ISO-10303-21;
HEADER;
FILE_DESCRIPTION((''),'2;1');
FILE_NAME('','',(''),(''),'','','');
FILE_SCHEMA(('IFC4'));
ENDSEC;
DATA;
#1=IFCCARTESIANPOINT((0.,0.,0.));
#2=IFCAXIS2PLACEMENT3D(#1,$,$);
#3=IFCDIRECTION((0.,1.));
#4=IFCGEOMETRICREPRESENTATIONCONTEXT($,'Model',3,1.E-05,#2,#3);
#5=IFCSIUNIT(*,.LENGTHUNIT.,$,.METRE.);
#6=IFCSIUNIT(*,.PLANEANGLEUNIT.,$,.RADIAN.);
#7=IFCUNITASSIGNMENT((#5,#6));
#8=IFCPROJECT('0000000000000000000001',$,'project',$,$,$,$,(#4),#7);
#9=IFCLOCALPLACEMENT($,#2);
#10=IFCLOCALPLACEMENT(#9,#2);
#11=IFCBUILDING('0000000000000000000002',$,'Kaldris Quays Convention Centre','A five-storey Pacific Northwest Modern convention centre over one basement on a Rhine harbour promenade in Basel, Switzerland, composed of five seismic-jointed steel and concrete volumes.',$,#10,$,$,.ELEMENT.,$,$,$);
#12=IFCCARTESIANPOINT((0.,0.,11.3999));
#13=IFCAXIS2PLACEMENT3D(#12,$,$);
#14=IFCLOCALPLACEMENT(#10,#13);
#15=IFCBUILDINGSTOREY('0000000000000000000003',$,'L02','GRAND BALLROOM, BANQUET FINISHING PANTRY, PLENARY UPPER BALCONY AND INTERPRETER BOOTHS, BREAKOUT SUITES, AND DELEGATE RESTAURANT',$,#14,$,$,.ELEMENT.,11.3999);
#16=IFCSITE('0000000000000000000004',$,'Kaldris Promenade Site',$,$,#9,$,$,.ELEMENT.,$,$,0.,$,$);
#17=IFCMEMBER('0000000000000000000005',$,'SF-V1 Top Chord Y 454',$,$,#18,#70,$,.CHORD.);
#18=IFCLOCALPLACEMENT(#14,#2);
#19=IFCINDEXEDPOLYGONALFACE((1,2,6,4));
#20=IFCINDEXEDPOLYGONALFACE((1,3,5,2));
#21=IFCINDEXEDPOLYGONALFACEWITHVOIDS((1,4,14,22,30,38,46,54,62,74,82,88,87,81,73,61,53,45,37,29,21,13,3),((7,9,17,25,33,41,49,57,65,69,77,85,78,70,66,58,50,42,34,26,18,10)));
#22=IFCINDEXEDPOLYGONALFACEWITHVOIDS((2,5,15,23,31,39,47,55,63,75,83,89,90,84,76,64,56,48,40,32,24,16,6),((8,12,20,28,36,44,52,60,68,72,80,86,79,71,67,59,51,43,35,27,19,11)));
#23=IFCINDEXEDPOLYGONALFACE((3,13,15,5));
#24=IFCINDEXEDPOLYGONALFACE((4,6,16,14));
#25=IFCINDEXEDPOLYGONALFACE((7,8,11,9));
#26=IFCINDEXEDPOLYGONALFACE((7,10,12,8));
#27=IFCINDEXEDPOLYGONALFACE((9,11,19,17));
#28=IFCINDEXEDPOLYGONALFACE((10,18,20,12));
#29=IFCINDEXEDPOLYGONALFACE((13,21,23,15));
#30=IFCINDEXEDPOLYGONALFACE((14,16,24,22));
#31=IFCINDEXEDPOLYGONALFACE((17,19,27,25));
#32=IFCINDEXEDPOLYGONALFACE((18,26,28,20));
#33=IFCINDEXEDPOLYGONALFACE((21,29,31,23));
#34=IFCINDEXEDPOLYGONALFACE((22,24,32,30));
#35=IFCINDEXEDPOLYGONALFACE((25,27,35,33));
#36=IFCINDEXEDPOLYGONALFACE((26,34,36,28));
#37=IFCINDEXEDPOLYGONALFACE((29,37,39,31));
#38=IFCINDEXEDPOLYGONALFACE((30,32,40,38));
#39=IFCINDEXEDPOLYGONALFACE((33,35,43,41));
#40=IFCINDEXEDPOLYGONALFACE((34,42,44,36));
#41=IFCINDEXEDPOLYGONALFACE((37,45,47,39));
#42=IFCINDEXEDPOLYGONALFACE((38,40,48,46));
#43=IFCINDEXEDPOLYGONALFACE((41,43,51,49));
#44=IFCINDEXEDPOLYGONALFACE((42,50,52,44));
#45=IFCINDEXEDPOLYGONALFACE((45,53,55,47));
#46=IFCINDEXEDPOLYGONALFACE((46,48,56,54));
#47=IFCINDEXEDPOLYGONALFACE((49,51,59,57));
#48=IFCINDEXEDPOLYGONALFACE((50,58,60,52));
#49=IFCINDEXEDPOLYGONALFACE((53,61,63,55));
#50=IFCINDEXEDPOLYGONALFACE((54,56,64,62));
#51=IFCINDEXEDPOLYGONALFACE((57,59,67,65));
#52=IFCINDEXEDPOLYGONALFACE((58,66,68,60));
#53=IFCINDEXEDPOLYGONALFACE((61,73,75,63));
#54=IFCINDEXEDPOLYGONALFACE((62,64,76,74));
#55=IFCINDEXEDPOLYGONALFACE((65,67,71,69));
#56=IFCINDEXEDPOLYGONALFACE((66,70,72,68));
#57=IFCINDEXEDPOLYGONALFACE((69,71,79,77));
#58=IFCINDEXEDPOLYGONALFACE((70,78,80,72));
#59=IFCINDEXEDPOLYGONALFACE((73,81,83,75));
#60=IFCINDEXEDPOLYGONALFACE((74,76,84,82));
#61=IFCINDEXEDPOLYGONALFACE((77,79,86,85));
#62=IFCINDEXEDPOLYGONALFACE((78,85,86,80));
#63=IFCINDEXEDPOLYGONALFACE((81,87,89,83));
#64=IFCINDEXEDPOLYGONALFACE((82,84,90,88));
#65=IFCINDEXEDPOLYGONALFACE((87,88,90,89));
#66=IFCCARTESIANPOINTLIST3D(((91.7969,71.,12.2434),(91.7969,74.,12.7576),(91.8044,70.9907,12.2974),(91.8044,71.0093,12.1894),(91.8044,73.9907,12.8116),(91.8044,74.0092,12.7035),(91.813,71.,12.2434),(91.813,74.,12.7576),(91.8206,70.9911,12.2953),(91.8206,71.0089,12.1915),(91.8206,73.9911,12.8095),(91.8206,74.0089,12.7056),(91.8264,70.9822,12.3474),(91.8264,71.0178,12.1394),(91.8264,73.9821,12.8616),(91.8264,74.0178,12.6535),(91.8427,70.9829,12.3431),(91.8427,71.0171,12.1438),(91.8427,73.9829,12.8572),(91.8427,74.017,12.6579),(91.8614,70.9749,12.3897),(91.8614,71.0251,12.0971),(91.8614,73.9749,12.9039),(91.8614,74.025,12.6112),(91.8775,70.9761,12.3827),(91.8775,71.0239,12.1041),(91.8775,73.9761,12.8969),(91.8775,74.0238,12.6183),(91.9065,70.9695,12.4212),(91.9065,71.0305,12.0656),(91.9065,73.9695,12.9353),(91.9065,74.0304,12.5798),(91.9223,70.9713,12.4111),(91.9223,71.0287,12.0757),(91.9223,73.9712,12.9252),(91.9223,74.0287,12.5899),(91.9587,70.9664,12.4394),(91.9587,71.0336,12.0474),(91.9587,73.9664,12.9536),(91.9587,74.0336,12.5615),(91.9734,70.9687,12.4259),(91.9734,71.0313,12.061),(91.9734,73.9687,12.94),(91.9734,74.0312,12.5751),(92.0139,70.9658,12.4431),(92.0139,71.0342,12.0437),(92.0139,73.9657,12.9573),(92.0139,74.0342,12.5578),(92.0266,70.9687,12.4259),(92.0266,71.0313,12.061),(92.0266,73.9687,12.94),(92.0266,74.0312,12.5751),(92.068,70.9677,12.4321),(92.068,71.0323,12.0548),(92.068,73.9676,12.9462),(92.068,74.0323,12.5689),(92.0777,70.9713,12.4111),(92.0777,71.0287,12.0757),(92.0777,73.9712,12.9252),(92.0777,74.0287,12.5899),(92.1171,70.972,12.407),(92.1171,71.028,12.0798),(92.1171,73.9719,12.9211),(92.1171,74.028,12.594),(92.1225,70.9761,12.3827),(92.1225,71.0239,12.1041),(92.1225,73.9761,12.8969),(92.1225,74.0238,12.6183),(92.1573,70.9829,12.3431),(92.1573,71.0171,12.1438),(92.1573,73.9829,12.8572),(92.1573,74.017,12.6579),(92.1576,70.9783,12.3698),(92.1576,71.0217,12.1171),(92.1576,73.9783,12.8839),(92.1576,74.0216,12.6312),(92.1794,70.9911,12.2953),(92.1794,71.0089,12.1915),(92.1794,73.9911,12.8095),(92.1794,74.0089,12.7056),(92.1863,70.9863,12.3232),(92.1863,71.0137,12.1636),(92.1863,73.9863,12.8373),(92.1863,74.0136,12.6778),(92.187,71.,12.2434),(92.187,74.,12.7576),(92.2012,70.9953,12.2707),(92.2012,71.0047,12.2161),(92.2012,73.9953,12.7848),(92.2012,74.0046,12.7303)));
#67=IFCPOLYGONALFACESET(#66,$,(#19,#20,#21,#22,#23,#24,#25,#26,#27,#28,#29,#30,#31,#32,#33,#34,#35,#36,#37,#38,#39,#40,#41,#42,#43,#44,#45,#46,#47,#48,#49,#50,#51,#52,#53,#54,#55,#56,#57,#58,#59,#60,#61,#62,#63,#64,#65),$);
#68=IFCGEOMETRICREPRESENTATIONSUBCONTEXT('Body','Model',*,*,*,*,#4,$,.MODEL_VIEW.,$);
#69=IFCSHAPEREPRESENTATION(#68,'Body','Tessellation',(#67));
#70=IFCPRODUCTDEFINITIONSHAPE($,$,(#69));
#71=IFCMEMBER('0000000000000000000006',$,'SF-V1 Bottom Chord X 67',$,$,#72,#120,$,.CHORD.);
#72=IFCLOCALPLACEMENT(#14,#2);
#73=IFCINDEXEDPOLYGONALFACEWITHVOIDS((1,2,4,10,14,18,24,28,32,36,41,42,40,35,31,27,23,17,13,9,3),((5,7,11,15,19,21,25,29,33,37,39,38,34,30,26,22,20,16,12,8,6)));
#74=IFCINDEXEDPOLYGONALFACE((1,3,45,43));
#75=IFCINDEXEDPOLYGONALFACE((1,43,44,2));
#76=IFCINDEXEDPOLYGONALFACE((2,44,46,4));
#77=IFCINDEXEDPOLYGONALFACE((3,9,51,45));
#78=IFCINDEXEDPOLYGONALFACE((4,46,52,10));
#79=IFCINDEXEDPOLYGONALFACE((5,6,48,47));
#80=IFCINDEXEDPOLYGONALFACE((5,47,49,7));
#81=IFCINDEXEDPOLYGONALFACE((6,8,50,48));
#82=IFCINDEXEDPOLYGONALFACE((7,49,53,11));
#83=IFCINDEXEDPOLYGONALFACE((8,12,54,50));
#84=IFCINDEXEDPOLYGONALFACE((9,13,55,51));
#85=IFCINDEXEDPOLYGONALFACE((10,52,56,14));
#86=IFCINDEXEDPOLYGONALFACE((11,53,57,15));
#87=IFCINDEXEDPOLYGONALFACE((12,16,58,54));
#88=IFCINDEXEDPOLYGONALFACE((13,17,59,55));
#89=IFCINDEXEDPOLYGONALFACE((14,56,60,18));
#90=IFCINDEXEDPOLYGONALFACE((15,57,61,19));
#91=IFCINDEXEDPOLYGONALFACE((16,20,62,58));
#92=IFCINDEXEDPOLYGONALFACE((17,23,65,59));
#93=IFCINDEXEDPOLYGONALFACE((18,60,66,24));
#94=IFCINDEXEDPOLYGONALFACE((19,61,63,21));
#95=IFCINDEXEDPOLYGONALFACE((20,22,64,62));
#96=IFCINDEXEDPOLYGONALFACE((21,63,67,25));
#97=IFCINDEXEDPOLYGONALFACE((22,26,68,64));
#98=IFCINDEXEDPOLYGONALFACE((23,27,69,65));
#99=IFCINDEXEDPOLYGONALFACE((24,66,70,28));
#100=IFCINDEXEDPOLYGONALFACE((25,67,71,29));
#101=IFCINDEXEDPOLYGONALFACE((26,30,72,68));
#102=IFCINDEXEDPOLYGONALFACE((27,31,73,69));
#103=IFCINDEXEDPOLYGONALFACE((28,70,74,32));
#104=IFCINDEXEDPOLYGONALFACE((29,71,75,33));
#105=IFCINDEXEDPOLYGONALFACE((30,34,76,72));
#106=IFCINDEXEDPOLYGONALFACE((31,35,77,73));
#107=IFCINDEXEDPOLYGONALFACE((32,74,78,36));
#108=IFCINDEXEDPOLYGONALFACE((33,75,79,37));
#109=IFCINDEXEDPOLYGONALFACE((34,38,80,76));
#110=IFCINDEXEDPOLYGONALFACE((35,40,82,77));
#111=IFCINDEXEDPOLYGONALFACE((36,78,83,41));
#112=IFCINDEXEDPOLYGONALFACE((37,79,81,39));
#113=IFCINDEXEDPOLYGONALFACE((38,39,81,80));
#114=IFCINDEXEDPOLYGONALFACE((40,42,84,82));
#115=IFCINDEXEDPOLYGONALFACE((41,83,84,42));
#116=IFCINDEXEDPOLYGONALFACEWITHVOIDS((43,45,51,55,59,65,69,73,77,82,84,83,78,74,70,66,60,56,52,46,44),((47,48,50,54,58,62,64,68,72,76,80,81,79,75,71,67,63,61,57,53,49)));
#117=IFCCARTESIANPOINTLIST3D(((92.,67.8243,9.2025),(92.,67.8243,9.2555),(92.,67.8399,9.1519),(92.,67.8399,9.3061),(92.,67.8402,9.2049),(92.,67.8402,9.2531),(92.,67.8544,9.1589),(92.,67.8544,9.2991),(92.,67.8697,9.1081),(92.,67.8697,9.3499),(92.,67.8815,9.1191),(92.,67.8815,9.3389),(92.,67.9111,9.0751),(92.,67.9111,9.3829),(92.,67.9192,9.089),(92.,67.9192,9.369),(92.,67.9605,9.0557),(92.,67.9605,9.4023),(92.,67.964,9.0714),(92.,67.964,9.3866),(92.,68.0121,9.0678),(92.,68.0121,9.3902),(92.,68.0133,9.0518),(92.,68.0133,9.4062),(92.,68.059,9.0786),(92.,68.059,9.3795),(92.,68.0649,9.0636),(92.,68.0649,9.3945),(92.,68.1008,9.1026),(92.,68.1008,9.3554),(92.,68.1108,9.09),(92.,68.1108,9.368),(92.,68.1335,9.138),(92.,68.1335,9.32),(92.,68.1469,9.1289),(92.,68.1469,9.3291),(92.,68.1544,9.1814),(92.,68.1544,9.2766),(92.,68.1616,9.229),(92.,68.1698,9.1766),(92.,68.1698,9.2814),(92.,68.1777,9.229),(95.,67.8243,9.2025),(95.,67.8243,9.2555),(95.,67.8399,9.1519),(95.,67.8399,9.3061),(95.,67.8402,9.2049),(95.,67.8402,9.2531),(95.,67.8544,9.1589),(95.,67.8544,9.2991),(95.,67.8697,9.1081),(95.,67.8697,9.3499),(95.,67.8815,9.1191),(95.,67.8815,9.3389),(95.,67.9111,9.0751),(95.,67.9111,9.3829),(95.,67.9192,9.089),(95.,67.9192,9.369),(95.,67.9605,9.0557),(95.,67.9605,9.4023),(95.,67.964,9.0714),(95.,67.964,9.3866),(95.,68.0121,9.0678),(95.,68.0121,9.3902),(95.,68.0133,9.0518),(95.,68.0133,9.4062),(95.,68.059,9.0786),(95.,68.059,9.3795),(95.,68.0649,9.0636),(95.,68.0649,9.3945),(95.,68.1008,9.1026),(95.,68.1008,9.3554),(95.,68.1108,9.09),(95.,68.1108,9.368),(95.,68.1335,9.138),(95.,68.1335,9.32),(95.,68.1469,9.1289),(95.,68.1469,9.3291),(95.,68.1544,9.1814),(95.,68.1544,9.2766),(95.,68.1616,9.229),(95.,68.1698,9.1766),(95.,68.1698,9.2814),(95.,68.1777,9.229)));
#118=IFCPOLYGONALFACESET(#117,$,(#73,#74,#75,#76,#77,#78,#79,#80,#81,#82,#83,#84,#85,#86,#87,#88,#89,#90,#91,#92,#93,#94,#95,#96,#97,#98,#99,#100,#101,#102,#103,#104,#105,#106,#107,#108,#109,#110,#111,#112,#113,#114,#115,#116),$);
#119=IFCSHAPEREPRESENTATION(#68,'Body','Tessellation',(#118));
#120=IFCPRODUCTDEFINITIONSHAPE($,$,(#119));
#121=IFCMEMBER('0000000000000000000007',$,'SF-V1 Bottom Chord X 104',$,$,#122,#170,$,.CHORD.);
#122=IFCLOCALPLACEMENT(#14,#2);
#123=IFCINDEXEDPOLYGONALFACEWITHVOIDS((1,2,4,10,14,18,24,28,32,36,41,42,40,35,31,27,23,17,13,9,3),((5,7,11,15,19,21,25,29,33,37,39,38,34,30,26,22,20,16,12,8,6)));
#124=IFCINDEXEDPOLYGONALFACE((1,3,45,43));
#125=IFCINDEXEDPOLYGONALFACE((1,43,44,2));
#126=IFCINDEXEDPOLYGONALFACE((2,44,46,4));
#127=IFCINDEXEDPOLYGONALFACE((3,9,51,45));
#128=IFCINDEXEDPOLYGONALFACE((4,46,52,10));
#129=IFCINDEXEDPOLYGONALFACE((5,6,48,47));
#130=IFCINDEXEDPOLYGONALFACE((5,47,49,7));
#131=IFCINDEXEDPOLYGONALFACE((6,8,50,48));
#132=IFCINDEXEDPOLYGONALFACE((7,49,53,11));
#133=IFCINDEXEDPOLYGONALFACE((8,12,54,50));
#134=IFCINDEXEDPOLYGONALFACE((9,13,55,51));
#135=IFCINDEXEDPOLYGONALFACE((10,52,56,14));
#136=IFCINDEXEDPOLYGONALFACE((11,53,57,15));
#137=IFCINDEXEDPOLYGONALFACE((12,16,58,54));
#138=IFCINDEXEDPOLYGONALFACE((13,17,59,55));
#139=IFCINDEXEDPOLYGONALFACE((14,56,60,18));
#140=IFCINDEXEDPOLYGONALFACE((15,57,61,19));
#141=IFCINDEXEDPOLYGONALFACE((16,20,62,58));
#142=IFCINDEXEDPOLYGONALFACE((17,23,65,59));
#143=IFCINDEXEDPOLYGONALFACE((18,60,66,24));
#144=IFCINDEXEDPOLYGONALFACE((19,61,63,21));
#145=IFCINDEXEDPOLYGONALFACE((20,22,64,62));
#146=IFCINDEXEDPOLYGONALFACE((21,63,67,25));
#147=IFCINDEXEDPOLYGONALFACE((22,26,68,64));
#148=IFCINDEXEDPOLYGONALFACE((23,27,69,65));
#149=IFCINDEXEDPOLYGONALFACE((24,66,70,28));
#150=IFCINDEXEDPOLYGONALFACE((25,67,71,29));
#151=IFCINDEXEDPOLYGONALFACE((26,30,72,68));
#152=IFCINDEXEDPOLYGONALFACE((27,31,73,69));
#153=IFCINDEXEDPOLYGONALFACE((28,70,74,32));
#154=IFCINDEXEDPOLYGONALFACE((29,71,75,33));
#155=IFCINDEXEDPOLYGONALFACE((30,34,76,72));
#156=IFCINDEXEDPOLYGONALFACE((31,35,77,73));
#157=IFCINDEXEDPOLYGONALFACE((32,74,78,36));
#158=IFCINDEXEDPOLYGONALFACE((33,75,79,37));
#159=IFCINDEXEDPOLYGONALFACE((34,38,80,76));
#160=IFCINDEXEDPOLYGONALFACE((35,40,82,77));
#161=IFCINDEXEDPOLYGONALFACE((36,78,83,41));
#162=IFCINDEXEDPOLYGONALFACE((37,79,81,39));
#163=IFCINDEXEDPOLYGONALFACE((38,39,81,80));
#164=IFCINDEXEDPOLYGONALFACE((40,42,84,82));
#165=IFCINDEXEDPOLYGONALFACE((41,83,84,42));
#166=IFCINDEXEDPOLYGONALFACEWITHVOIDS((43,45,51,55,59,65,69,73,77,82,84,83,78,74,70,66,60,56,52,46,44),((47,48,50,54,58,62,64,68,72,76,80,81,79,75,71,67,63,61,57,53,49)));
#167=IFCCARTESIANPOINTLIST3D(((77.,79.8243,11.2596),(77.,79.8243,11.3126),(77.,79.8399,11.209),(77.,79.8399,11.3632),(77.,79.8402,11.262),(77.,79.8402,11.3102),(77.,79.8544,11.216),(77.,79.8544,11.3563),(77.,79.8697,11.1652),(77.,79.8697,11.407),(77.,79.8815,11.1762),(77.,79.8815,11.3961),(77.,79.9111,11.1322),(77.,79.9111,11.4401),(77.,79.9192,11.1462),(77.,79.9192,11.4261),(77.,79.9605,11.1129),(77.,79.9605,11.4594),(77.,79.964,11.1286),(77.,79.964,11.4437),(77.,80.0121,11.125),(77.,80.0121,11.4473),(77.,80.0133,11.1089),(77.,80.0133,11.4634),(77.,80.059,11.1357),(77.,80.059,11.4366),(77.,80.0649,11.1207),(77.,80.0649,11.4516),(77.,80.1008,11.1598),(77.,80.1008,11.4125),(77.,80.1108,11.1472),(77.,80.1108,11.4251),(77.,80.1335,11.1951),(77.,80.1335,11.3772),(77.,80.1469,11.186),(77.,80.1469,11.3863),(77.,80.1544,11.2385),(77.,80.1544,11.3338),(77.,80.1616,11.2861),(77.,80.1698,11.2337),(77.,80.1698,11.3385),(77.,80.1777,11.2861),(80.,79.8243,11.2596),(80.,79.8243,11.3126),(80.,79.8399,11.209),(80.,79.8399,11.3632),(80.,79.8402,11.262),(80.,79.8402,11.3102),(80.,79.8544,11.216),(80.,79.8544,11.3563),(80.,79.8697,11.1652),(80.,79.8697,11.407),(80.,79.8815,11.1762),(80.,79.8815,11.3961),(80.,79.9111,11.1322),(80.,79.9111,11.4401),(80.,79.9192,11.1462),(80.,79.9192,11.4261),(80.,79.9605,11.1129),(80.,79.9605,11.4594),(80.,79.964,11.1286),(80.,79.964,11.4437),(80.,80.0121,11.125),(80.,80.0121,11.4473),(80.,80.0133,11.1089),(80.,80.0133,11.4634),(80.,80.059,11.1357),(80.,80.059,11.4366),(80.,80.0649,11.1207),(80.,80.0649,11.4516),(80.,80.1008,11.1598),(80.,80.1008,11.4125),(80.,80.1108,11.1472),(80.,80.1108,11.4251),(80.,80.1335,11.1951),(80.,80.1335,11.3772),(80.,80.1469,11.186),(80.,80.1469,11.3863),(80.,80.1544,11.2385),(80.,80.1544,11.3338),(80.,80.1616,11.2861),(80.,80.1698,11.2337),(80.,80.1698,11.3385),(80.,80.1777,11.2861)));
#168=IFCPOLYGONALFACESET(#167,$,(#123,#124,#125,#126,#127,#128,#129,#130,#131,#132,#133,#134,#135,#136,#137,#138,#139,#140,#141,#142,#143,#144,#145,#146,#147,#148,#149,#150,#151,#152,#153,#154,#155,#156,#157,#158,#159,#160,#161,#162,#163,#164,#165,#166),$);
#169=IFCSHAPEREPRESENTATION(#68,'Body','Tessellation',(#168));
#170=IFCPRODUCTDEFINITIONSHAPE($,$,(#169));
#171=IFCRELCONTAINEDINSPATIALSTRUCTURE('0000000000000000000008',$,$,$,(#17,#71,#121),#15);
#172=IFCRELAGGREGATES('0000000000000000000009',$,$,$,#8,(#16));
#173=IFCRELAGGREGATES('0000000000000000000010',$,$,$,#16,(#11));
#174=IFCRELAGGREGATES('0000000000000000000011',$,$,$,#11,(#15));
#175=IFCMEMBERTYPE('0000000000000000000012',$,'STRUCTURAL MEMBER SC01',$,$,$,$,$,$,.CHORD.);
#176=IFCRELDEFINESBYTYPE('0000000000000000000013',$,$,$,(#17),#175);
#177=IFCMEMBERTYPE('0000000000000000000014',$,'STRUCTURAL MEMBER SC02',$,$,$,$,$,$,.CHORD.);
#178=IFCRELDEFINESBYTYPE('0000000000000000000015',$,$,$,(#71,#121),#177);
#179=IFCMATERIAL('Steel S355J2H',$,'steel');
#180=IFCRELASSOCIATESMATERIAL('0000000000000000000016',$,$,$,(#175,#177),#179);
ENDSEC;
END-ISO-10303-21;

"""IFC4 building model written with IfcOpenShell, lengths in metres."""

from ifc_helpers import new_model, si_unit, direction, frame, origin, origin_2d, place, context, subcontext, project, spatial, hollow_circle, extrude, material, material_profile, profile_set, type_object, element, save


model = new_model("IFC4")

# Units and contexts
model_context = context("Model", 3, precision=1e-05, world=origin(), true_north=direction((0.0, 1.0)))
body_context = subcontext(model_context, "Body", "Model", "MODEL_VIEW")
ifc_project = project(units=[si_unit("LENGTHUNIT", "METRE"), si_unit("PLANEANGLEUNIT", "RADIAN")], contexts=[model_context])

# Site, building, storey
site_placement = place(None, origin())
site = spatial("IfcSite", under=ifc_project, at=site_placement, Name="Kaldris Promenade Site", CompositionType="ELEMENT", RefElevation=0.0)
building_placement = place(site_placement, origin())
building = spatial("IfcBuilding", under=site, at=building_placement, Name="Kaldris Quays Convention Centre", Description="A five-storey Pacific Northwest Modern convention centre over one basement on a Rhine harbour promenade in Basel, Switzerland, composed of five seismic-jointed steel and concrete volumes.", CompositionType="ELEMENT")
storey_placement = place(building_placement, frame((0.0, 0.0, 11.3999)))
storey = spatial("IfcBuildingStorey", under=building, at=storey_placement, Name="L02", Description="GRAND BALLROOM, BANQUET FINISHING PANTRY, PLENARY UPPER BALCONY AND INTERPRETER BOOTHS, BREAKOUT SUITES, AND DELEGATE RESTAURANT", CompositionType="ELEMENT", Elevation=11.3999)

# Members
ifc_material = material(Name="Steel S355J2H", Category="steel")
ifc_material_profile_1 = material_profile(ifc_material, hollow_circle(Radius=0.2031, WallThickness=0.0161, at=origin_2d()), Name="CHS 406.4x16")
ifc_profile_set_1 = profile_set([ifc_material_profile_1], Name="Steel S355J2H")
member_type_1 = type_object("IfcMemberType", Name="STRUCTURAL MEMBER SC01", PredefinedType="CHORD", material=ifc_profile_set_1)
for number, where, z_axis, x_axis, name in (
    (1, (92.0, 71.0, 12.2434), (0.0, 0.985629, 0.168924), (-1.0, 0.0, 0.0), "SF-V1 Top Chord Y 454"),
):
    element("IfcMember", number, at=place(storey_placement, frame(where, z_axis=z_axis, x_axis=x_axis)), inside=storey, type_object=member_type_1, Name=name, PredefinedType="CHORD", context=body_context, shape_type="SweptSolid", body=[
        extrude(hollow_circle(Radius=0.2031, WallThickness=0.0161, at=origin_2d()), origin(), (0.0, 0.0, 1.0), 3.0437),
    ])
ifc_material_profile_2 = material_profile(ifc_material, hollow_circle(Radius=0.1777, WallThickness=0.0161, at=origin_2d()), Name="CHS 355.6x16")
ifc_profile_set_2 = profile_set([ifc_material_profile_2], Name="Steel S355J2H")
member_type_2 = type_object("IfcMemberType", Name="STRUCTURAL MEMBER SC02", PredefinedType="CHORD", material=ifc_profile_set_2)
for number, where, z_axis, x_axis, name in (
    (2, (92.0, 68.0, 9.229), (1.0, 0.0, 0.0), (0.0, 1.0, 0.0), "SF-V1 Bottom Chord X 67"),
    (3, (77.0, 80.0, 11.2861), (1.0, 0.0, 0.0), (0.0, 1.0, 0.0), "SF-V1 Bottom Chord X 104"),
):
    element("IfcMember", number, at=place(storey_placement, frame(where, z_axis=z_axis, x_axis=x_axis)), inside=storey, type_object=member_type_2, Name=name, PredefinedType="CHORD", context=body_context, shape_type="SweptSolid", body=[
        extrude(hollow_circle(Radius=0.1777, WallThickness=0.0161, at=origin_2d()), origin(), (0.0, 0.0, 1.0), 3.0),
    ])

save(model, "model.ifc")
